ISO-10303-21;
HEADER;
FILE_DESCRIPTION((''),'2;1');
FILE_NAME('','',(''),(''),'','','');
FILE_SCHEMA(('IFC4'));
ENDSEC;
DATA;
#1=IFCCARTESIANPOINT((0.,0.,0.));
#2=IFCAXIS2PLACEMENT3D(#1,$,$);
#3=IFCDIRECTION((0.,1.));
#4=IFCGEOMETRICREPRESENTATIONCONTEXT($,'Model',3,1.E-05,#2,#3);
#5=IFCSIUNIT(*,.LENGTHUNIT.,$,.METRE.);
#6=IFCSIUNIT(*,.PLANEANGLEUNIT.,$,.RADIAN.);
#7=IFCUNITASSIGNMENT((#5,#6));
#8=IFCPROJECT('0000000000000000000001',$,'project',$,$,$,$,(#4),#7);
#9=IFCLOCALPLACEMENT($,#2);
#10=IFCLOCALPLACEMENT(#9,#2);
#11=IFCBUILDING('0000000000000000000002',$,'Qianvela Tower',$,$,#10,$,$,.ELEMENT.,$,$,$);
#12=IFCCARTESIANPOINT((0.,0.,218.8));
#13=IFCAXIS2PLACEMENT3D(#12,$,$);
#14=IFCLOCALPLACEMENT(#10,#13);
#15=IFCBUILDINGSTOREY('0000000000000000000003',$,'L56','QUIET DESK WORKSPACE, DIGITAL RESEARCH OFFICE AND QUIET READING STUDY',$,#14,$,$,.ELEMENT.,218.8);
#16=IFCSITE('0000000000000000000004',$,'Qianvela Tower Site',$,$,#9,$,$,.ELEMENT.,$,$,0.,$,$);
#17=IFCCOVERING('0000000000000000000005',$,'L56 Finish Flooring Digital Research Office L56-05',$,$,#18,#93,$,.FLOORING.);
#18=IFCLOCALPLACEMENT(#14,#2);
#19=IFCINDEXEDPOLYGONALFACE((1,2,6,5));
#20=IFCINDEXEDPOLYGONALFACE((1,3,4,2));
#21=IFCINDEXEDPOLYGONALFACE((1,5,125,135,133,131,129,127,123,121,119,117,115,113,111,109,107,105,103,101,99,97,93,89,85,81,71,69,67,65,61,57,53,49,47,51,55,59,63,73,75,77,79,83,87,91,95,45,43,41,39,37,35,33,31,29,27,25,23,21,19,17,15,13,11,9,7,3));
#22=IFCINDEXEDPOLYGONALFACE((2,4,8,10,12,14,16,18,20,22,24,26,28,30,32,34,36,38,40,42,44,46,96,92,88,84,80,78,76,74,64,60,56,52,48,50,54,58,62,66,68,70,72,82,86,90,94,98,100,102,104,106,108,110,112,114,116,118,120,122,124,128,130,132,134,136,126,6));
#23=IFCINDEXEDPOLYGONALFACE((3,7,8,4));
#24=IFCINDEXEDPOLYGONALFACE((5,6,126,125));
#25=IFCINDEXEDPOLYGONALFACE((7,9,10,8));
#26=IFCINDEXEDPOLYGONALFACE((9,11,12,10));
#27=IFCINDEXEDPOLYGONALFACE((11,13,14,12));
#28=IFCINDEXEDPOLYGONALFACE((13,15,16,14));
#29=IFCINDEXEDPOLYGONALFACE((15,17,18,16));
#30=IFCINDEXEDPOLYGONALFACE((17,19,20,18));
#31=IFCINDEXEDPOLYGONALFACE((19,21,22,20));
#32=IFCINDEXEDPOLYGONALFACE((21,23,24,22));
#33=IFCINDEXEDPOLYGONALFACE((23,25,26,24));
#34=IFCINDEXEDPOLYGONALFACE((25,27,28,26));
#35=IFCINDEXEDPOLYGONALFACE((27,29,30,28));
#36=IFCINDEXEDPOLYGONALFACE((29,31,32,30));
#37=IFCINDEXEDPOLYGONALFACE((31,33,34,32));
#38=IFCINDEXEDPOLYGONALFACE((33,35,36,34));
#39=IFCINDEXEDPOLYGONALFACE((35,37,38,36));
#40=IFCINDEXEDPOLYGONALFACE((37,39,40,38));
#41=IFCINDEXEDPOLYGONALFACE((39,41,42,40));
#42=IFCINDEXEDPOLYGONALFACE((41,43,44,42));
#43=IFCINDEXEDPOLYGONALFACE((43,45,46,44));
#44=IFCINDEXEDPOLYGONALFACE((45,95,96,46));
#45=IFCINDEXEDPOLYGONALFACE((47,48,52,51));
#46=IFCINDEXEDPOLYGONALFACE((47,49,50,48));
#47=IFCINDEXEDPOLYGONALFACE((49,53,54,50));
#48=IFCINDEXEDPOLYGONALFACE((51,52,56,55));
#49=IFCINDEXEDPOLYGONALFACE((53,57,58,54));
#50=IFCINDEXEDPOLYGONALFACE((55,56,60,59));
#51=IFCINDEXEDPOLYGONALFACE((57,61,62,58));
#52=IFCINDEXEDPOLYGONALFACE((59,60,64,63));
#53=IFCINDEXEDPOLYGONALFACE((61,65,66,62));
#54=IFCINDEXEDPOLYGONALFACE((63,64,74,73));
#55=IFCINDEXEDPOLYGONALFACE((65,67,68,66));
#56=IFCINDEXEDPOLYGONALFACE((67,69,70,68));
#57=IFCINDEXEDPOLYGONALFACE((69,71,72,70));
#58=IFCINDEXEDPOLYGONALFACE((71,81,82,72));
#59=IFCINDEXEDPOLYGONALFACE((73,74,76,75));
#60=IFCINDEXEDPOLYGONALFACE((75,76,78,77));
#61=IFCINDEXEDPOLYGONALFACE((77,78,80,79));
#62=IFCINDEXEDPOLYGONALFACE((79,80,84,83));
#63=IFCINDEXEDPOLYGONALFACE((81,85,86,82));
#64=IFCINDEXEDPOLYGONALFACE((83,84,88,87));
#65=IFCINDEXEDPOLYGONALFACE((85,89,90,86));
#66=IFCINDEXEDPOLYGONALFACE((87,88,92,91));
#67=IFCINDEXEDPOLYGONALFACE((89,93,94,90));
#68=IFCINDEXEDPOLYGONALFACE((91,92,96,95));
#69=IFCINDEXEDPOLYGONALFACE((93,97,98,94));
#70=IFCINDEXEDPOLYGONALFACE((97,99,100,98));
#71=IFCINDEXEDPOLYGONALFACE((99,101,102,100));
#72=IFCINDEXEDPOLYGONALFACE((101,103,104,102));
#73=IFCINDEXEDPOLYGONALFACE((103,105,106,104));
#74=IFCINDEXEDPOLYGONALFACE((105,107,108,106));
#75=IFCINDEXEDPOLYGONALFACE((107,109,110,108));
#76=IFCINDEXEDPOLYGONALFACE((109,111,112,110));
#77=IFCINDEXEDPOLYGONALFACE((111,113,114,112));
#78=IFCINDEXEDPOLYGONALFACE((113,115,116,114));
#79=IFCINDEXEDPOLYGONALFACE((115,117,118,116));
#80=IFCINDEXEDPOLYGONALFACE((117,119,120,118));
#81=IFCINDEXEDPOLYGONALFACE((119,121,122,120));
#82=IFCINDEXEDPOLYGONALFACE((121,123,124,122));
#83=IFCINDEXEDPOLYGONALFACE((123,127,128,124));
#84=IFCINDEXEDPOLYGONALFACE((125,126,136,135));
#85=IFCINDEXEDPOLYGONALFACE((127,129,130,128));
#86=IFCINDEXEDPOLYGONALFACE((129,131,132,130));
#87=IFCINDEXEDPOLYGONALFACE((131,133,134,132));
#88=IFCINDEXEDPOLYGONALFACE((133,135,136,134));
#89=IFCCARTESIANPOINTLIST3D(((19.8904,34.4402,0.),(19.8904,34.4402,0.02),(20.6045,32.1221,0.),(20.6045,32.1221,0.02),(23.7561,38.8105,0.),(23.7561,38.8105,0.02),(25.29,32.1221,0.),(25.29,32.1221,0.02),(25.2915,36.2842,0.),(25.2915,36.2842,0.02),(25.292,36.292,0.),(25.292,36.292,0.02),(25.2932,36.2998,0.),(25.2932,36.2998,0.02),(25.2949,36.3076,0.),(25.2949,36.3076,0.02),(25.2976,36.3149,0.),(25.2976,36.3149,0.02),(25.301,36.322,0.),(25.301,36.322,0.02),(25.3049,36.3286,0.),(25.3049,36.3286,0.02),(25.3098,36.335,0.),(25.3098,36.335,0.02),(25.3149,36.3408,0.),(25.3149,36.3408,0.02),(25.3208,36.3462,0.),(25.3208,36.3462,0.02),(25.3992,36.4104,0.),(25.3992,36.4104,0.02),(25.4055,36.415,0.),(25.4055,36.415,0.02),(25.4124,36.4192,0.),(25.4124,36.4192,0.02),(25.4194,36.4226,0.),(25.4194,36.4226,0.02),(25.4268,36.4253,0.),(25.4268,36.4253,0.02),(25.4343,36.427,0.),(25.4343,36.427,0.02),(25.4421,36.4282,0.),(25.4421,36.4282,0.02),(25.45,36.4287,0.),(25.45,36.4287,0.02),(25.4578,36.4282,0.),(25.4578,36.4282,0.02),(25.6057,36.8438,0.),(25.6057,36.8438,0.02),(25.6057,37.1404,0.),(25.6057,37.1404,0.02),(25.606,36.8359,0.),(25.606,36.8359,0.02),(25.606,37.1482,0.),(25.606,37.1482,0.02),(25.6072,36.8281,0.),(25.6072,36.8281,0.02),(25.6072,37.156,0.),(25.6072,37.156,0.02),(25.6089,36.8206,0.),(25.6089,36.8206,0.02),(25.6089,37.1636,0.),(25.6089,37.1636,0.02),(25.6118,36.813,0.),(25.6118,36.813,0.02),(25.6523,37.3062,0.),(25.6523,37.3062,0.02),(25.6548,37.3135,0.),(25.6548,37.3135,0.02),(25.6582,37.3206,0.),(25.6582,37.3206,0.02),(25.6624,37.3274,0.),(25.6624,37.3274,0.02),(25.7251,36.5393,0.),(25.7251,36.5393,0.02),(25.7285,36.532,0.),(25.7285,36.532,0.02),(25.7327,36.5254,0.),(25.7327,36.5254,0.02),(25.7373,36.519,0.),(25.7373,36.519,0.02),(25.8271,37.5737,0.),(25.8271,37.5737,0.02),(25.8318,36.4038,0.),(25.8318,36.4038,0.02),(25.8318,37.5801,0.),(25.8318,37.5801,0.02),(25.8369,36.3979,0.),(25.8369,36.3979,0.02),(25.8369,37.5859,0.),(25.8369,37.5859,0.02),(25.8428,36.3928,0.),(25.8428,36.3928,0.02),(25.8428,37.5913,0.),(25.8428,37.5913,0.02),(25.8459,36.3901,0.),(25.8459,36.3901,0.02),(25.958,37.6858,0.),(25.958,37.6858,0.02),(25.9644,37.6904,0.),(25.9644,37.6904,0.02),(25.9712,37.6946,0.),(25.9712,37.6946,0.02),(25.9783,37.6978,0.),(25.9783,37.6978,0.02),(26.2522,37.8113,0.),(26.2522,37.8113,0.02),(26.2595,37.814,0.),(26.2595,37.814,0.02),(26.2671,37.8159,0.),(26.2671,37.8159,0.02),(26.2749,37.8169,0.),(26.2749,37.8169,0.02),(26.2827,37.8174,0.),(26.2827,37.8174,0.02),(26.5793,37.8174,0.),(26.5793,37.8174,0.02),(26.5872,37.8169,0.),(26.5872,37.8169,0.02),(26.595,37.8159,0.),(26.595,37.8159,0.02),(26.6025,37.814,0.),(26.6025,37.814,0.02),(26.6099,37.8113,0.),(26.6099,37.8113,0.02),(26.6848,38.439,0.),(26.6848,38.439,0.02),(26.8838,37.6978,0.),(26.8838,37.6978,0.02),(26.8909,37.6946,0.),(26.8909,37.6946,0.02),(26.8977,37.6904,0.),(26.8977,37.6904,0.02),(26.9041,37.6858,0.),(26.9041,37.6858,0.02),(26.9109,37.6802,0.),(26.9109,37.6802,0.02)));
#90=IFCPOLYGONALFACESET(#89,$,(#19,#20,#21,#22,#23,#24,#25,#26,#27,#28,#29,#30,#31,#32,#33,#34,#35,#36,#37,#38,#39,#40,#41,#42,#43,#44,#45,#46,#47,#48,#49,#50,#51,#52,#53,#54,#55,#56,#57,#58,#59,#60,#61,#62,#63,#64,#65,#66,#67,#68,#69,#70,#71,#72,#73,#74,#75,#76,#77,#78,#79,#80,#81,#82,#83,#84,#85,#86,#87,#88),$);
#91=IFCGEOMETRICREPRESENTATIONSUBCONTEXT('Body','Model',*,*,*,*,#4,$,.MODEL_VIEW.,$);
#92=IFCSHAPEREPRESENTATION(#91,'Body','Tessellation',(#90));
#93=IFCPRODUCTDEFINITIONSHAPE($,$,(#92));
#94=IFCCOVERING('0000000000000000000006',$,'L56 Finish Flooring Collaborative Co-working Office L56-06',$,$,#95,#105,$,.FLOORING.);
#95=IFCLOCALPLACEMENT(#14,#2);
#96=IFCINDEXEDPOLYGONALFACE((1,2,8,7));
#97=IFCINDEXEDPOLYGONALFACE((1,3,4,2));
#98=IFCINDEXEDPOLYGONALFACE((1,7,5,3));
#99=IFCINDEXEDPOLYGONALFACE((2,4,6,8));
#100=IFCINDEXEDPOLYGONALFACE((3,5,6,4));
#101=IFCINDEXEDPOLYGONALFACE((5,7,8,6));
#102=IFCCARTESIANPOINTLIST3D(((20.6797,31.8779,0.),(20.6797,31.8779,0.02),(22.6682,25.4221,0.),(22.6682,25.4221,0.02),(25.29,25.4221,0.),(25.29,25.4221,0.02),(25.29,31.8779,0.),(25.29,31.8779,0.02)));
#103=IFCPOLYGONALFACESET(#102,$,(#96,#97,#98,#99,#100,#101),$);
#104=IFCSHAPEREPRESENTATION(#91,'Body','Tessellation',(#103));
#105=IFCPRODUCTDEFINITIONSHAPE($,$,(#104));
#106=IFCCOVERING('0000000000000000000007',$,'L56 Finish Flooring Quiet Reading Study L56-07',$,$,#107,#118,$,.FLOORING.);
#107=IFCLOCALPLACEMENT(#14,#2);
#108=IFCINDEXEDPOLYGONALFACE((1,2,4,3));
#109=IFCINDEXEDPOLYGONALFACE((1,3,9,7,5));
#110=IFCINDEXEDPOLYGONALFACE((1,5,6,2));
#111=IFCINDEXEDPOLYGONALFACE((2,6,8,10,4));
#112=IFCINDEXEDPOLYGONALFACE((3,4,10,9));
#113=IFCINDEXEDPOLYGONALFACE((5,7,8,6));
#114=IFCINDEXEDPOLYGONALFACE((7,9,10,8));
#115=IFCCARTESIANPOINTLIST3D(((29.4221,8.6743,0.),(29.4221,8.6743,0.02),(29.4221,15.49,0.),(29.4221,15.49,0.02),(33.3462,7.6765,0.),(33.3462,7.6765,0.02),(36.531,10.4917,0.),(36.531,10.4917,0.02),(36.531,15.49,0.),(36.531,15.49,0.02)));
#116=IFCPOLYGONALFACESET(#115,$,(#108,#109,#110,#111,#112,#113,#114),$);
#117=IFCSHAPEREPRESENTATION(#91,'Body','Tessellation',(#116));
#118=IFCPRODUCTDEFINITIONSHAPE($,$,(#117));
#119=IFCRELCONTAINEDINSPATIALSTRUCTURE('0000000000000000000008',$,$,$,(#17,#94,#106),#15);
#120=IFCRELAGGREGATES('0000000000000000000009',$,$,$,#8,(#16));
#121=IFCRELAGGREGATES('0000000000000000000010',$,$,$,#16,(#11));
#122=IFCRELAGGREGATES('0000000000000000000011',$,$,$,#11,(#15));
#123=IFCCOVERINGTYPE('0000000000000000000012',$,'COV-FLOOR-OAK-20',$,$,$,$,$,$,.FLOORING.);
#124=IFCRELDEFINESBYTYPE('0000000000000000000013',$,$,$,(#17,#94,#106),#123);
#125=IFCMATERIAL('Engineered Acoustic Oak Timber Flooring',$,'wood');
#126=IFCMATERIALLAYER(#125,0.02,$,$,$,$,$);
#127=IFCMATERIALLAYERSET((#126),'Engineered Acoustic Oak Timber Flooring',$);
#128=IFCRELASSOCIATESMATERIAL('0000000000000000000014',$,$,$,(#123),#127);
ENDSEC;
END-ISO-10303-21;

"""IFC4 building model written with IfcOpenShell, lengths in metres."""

from ifc_helpers import new_model, si_unit, direction, frame, origin, place, context, subcontext, project, spatial, polyline, outline, extrude, material, layer, layer_set, type_object, element, save


model = new_model("IFC4")

# Units and contexts
model_context = context("Model", 3, precision=1e-05, world=origin(), true_north=direction((0.0, 1.0)))
body_context = subcontext(model_context, "Body", "Model", "MODEL_VIEW")
ifc_project = project(units=[si_unit("LENGTHUNIT", "METRE"), si_unit("PLANEANGLEUNIT", "RADIAN")], contexts=[model_context])

# Site, building, storey
site_placement = place(None, origin())
site = spatial("IfcSite", under=ifc_project, at=site_placement, Name="Qianvela Tower Site", CompositionType="ELEMENT", RefElevation=0.0)
building_placement = place(site_placement, origin())
building = spatial("IfcBuilding", under=site, at=building_placement, Name="Qianvela Tower", CompositionType="ELEMENT")
storey_placement = place(building_placement, frame((0.0, 0.0, 218.8)))
storey = spatial("IfcBuildingStorey", under=building, at=storey_placement, Name="L56", Description="QUIET DESK WORKSPACE, DIGITAL RESEARCH OFFICE AND QUIET READING STUDY", CompositionType="ELEMENT", Elevation=218.8)

# Coverings
ifc_material_1 = material(Name="Engineered Acoustic Oak Timber Flooring", Category="wood")
ifc_layer_1 = layer(ifc_material_1, 0.02)
ifc_layer_set_1 = layer_set([ifc_layer_1], Name="Engineered Acoustic Oak Timber Flooring")
covering_type_1 = type_object("IfcCoveringType", Name="COV-FLOOR-OAK-20", PredefinedType="FLOORING", material=ifc_layer_set_1)
covering_1_placement = place(storey_placement, origin())
element("IfcCovering", 1, at=covering_1_placement, inside=storey, type_object=covering_type_1, Name="L56 Finish Flooring Digital Research Office L56-05", PredefinedType="FLOORING", context=body_context, shape_type="SweptSolid", body=[
    extrude(outline(polyline([(25.8459, 36.3901), (25.4578, 36.4282), (25.45, 36.4287), (25.4421, 36.4282), (25.4343, 36.427), (25.4268, 36.4253), (25.4194, 36.4226), (25.4124, 36.4192), (25.4055, 36.415), (25.3992, 36.4104), (25.3208, 36.3462), (25.3149, 36.3408), (25.3098, 36.335), (25.3049, 36.3286), (25.301, 36.322), (25.2976, 36.3149), (25.2949, 36.3076), (25.2932, 36.2998), (25.292, 36.292), (25.2915, 36.2842), (25.29, 32.1221), (20.6045, 32.1221), (19.8904, 34.4402), (23.7561, 38.8105), (26.6848, 38.439), (26.9109, 37.6802), (26.9041, 37.6858), (26.8977, 37.6904), (26.8909, 37.6946), (26.8838, 37.6978), (26.6099, 37.8113), (26.6025, 37.814), (26.595, 37.8159), (26.5872, 37.8169), (26.5793, 37.8174), (26.2827, 37.8174), (26.2749, 37.8169), (26.2671, 37.8159), (26.2595, 37.814), (26.2522, 37.8113), (25.9783, 37.6978), (25.9712, 37.6946), (25.9644, 37.6904), (25.958, 37.6858), (25.8428, 37.5913), (25.8369, 37.5859), (25.8318, 37.5801), (25.8271, 37.5737), (25.6624, 37.3274), (25.6582, 37.3206), (25.6548, 37.3135), (25.6523, 37.3062), (25.6089, 37.1636), (25.6072, 37.156), (25.606, 37.1482), (25.6057, 37.1404), (25.6057, 36.8438), (25.606, 36.8359), (25.6072, 36.8281), (25.6089, 36.8206), (25.6118, 36.813), (25.7251, 36.5393), (25.7285, 36.532), (25.7327, 36.5254), (25.7373, 36.519), (25.8318, 36.4038), (25.8369, 36.3979), (25.8428, 36.3928), (25.8459, 36.3901)])), origin(), (0.0, 0.0, 1.0), 0.02),
])
covering_2_placement = place(storey_placement, origin())
element("IfcCovering", 2, at=covering_2_placement, inside=storey, type_object=covering_type_1, Name="L56 Finish Flooring Collaborative Co-working Office L56-06", PredefinedType="FLOORING", context=body_context, shape_type="SweptSolid", body=[
    extrude(outline(polyline([(25.29, 31.8779), (25.29, 25.4221), (22.6682, 25.4221), (20.6797, 31.8779), (25.29, 31.8779)])), origin(), (0.0, 0.0, 1.0), 0.02),
])
covering_3_placement = place(storey_placement, origin())
element("IfcCovering", 3, at=covering_3_placement, inside=storey, type_object=covering_type_1, Name="L56 Finish Flooring Quiet Reading Study L56-07", PredefinedType="FLOORING", context=body_context, shape_type="SweptSolid", body=[
    extrude(outline(polyline([(36.531, 10.4917), (33.3462, 7.6765), (29.4221, 8.6743), (29.4221, 15.49), (36.531, 15.49), (36.531, 10.4917)])), origin(), (0.0, 0.0, 1.0), 0.02),
])

save(model, "model.ifc")
